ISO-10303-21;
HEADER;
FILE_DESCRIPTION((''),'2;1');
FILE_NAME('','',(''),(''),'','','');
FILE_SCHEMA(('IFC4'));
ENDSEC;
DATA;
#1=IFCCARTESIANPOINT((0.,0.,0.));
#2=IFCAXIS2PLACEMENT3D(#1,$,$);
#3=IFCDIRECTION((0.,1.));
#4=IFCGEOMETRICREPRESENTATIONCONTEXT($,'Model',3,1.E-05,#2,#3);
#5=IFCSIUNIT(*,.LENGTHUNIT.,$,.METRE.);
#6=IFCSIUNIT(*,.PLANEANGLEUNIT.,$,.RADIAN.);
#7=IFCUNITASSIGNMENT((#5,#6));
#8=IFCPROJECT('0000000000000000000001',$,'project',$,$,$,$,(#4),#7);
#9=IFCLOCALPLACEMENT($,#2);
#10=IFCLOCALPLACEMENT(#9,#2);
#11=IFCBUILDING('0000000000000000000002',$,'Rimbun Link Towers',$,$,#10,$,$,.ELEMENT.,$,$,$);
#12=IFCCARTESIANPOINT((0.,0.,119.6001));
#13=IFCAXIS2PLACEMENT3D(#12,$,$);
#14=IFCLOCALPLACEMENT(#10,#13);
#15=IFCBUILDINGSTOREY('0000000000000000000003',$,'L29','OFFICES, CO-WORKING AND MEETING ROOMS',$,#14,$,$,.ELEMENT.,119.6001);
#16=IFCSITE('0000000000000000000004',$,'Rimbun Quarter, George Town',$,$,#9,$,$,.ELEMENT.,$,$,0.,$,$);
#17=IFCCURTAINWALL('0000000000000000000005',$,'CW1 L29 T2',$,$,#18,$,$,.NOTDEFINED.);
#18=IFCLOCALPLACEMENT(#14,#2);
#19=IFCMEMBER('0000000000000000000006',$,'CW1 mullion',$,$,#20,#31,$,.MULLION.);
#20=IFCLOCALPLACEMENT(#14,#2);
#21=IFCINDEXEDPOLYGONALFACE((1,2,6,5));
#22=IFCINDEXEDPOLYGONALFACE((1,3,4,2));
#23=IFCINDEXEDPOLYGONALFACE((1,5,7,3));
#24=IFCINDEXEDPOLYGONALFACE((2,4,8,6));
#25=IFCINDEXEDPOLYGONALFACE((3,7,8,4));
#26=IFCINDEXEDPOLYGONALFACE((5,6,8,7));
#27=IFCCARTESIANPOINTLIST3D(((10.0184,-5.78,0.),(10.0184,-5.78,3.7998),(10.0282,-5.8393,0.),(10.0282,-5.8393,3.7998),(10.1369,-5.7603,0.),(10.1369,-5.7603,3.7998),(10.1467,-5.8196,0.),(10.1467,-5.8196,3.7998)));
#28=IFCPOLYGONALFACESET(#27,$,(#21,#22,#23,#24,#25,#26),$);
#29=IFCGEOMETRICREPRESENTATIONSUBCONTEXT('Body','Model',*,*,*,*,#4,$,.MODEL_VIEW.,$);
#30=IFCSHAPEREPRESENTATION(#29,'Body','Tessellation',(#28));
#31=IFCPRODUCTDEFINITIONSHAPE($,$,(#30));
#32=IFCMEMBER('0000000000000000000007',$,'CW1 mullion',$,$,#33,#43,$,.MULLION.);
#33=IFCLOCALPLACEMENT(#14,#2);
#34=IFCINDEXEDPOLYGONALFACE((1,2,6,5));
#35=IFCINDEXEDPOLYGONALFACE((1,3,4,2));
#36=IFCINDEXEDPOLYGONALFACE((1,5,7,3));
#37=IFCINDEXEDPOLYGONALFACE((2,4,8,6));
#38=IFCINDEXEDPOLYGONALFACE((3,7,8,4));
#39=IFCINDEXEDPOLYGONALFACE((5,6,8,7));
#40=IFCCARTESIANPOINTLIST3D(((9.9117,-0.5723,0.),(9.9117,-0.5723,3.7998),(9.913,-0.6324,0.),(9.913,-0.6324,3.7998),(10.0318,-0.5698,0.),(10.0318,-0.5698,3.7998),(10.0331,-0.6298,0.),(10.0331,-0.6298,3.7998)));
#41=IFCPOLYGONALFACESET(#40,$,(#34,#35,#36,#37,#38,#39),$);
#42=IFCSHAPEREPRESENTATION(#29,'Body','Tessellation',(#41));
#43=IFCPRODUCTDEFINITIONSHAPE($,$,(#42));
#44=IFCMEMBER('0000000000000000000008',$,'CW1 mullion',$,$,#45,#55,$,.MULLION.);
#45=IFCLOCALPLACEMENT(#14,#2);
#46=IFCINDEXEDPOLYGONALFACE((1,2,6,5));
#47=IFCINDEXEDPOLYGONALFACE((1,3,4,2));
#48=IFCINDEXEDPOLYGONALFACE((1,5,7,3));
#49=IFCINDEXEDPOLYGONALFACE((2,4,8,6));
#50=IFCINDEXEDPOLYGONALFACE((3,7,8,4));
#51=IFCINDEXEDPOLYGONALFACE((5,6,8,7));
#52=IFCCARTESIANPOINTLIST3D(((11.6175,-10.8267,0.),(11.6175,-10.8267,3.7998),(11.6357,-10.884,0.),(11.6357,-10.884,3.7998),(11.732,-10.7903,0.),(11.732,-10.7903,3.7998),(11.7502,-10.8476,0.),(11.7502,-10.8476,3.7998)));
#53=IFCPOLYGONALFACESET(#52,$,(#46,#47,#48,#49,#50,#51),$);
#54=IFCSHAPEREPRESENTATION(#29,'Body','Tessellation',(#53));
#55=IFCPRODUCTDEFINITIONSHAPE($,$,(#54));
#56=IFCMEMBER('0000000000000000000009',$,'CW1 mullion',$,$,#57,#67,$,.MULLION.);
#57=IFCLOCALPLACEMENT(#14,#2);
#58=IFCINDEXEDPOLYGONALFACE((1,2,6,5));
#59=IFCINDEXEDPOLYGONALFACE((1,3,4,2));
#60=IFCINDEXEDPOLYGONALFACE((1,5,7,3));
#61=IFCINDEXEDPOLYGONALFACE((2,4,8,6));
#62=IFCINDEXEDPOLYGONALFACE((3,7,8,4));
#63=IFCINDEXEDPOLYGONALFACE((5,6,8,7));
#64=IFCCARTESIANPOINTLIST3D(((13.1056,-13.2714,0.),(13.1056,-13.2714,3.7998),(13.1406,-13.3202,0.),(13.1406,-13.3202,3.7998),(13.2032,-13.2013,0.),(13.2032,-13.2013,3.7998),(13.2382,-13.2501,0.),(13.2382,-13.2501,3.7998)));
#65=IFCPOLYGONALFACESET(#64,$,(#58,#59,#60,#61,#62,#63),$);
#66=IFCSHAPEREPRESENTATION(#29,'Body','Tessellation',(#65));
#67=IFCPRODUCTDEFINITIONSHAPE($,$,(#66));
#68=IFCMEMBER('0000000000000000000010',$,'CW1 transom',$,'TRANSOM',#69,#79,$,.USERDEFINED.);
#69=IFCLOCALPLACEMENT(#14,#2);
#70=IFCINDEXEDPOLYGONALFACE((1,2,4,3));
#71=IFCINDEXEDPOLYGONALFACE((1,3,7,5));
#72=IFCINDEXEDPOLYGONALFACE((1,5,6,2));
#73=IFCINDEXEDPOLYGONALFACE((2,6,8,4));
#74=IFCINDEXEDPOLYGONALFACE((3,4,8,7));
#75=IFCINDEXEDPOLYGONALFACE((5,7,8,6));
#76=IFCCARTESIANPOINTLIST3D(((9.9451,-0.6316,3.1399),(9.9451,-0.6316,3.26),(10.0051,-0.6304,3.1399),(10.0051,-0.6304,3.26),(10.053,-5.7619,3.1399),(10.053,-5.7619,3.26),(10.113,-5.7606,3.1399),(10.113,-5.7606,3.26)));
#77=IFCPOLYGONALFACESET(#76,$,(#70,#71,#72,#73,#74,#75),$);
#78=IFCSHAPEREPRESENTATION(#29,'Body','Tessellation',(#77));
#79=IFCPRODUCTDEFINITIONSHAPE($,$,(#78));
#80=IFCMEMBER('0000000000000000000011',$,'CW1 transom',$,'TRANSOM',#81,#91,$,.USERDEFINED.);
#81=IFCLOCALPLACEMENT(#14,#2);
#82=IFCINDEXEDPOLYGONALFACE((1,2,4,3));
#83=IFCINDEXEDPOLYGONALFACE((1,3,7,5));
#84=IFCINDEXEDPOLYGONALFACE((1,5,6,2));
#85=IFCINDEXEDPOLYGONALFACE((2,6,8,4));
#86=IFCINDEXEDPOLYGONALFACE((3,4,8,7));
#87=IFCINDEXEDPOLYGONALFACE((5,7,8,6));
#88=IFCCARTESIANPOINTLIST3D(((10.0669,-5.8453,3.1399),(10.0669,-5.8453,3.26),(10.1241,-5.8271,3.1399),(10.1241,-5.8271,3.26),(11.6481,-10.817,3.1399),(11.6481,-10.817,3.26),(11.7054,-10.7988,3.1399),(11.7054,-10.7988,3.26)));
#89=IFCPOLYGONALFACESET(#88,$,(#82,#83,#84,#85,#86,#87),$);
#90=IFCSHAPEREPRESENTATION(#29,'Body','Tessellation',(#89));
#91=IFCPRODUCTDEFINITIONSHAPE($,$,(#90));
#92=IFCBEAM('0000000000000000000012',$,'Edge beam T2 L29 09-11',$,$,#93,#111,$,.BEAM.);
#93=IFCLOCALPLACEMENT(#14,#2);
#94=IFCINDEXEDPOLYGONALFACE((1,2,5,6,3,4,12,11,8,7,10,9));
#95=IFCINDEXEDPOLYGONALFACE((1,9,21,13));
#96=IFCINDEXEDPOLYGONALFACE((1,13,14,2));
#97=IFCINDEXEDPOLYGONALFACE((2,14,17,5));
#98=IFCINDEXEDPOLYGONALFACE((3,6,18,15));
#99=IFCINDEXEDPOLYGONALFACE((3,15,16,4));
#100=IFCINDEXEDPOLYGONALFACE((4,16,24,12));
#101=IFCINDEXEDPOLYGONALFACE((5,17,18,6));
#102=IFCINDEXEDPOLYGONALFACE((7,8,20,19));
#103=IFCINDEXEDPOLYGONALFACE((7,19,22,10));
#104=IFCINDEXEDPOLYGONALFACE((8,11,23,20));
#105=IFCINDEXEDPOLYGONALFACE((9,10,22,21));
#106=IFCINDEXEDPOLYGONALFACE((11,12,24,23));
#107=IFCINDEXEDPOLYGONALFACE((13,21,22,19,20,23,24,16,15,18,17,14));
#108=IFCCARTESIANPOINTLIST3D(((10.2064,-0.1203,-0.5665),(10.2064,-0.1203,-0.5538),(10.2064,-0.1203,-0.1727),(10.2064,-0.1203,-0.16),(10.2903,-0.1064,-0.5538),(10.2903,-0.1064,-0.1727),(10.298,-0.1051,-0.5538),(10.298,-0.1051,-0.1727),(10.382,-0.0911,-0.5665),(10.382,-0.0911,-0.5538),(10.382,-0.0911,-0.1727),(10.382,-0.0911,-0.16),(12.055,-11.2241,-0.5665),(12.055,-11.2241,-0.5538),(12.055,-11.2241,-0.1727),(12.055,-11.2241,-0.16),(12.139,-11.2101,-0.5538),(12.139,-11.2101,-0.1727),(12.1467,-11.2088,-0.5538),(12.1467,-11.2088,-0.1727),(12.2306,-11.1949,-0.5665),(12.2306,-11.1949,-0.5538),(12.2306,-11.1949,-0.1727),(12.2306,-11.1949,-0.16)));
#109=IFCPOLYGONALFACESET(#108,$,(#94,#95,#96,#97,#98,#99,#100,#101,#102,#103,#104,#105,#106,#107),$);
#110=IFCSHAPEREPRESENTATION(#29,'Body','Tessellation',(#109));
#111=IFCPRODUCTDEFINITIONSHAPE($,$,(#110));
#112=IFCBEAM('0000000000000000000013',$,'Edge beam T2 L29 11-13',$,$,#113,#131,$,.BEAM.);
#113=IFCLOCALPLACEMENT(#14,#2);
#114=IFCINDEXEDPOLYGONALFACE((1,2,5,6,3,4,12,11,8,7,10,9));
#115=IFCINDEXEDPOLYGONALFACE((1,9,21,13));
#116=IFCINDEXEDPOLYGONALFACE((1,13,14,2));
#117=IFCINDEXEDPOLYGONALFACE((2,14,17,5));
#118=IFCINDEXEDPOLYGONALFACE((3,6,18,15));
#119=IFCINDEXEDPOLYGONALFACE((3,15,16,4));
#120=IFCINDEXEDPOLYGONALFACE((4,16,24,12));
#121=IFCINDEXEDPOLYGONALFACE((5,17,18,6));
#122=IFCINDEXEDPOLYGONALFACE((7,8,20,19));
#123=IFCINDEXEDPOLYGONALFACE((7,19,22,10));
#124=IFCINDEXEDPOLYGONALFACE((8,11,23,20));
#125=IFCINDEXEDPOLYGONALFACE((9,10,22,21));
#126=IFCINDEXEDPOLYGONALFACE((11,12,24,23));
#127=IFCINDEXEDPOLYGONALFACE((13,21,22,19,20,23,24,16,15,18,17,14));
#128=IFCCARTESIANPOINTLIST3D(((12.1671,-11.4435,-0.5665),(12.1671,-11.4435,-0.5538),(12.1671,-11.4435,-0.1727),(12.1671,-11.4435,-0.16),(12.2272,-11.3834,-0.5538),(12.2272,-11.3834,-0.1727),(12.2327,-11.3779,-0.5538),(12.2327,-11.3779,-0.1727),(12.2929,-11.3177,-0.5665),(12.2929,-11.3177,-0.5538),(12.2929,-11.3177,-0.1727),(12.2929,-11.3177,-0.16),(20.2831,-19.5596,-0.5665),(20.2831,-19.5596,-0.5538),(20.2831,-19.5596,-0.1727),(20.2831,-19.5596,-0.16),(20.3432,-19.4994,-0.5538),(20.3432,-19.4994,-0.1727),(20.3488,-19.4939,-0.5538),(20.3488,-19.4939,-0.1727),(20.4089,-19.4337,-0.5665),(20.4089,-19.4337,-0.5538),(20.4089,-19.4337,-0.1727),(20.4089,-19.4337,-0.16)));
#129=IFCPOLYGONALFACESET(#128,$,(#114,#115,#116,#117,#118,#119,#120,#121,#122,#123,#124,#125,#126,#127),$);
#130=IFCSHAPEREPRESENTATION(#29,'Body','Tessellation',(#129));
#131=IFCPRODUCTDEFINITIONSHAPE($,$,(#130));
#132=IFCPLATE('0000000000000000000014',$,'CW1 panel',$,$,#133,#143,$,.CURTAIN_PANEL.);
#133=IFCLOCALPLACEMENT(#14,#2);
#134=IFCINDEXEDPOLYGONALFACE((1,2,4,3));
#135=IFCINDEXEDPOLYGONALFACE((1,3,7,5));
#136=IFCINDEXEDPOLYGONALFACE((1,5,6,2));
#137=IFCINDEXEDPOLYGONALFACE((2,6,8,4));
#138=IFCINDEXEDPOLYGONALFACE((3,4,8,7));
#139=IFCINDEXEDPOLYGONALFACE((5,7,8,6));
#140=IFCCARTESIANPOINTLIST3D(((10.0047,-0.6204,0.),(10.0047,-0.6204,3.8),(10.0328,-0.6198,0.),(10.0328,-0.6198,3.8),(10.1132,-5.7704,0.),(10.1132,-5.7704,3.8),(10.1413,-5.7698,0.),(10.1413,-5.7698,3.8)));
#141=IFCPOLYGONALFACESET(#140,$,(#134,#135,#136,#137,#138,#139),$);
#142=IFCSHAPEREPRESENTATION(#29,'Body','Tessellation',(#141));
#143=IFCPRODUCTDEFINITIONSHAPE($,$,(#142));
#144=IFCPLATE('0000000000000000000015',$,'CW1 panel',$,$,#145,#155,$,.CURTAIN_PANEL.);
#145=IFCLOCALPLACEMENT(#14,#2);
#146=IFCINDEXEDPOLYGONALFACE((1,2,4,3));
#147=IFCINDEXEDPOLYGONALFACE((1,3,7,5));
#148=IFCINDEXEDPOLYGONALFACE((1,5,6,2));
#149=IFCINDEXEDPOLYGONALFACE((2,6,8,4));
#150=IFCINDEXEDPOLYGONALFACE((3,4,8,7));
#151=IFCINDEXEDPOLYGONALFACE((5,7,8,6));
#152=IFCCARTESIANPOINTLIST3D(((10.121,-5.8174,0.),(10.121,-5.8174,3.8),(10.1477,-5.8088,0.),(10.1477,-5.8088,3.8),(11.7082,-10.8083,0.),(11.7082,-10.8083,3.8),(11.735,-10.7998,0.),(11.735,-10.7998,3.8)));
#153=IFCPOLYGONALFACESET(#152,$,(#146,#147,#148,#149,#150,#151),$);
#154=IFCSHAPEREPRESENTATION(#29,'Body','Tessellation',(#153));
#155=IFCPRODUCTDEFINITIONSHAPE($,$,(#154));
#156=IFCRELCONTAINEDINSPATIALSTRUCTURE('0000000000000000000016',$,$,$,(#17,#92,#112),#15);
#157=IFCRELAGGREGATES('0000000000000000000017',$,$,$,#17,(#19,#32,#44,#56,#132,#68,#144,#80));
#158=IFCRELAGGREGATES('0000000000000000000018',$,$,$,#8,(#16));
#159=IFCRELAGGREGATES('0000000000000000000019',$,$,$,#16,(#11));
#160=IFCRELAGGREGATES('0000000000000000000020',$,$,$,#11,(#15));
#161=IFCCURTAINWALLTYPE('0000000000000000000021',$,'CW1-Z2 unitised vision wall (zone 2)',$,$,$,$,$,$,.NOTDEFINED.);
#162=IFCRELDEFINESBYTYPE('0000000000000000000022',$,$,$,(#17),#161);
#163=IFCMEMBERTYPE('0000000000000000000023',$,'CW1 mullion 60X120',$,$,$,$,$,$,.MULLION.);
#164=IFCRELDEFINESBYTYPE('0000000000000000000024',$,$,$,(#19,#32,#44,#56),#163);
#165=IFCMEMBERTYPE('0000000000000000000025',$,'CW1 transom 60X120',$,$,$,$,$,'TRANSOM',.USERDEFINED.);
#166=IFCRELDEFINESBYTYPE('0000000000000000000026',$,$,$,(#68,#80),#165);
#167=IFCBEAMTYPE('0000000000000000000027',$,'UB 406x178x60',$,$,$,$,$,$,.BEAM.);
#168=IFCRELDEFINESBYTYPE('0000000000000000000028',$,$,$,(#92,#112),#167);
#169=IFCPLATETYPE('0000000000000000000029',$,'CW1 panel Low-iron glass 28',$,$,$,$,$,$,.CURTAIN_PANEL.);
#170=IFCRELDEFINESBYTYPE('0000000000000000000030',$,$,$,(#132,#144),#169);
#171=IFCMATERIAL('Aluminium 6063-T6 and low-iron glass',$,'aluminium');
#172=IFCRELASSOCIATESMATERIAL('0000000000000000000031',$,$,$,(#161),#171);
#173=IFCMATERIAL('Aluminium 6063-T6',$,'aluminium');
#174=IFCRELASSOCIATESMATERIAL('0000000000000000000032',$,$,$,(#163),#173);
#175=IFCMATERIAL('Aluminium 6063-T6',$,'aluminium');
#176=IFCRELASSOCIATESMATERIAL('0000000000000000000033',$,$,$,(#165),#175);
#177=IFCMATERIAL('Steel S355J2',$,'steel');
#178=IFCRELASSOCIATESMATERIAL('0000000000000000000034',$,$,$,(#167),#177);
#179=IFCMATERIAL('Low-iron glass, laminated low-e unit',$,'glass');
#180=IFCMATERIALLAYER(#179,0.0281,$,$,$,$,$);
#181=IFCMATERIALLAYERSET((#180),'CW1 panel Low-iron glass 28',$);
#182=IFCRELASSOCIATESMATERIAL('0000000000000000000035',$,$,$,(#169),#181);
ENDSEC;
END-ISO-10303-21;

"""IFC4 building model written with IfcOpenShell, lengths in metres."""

from ifc_helpers import new_model, si_unit, direction, frame, origin, origin_2d, place, context, subcontext, project, spatial, rectangle, i_section, extrude, material, layer, layer_set, material_profile, profile_set, type_object, element, aggregate, save


model = new_model("IFC4")

# Units and contexts
model_context = context("Model", 3, precision=1e-05, world=origin(), true_north=direction((0.0, 1.0)))
body_context = subcontext(model_context, "Body", "Model", "MODEL_VIEW")
ifc_project = project(units=[si_unit("LENGTHUNIT", "METRE"), si_unit("PLANEANGLEUNIT", "RADIAN")], contexts=[model_context])

# Site, building, storey
site_placement = place(None, origin())
site = spatial("IfcSite", under=ifc_project, at=site_placement, Name="Rimbun Quarter, George Town", CompositionType="ELEMENT", RefElevation=0.0)
building_placement = place(site_placement, origin())
building = spatial("IfcBuilding", under=site, at=building_placement, Name="Rimbun Link Towers", CompositionType="ELEMENT")
storey_placement = place(building_placement, frame((0.0, 0.0, 119.6001)))
storey = spatial("IfcBuildingStorey", under=building, at=storey_placement, Name="L29", Description="OFFICES, CO-WORKING AND MEETING ROOMS", CompositionType="ELEMENT", Elevation=119.6001)

# Curtain wall, members
ifc_material_1 = material(Name="Aluminium 6063-T6 and low-iron glass", Category="aluminium")
curtain_wall_type = type_object("IfcCurtainWallType", Name="CW1-Z2 unitised vision wall (zone 2)", PredefinedType="NOTDEFINED", material=ifc_material_1)
curtain_wall_placement = place(storey_placement, origin())
curtain_wall = element("IfcCurtainWall", 1, at=curtain_wall_placement, inside=storey, type_object=curtain_wall_type, Name="CW1 L29 T2", PredefinedType="NOTDEFINED")
ifc_material_2 = material(Name="Aluminium 6063-T6", Category="aluminium")
ifc_material_profile_1 = material_profile(ifc_material_2, rectangle(XDim=0.1201, YDim=0.0601, at=origin_2d()), Name="MULLION 60X120")
ifc_profile_set_1 = profile_set([ifc_material_profile_1], Name="Aluminium 6063-T6")
member_type_1 = type_object("IfcMemberType", Name="CW1 mullion 60X120", PredefinedType="MULLION", material=ifc_profile_set_1)
member_1_placement = place(storey_placement, frame((10.0825, -5.7998, 0.0), z_axis=(0.0, 0.0, 1.0), x_axis=(-0.986502, -0.163751, 0.0)))
member_1 = element("IfcMember", 2, at=member_1_placement, type_object=member_type_1, Name="CW1 mullion", PredefinedType="MULLION", context=body_context, shape_type="SweptSolid", body=[
    extrude(rectangle(XDim=0.1201, YDim=0.0601, at=origin_2d()), origin(), (0.0, 0.0, 1.0), 3.7998),
])
member_2_placement = place(storey_placement, frame((9.9724, -0.6011, 0.0), z_axis=(0.0, 0.0, 1.0), x_axis=(-0.999778, -0.021066, 0.0)))
member_2 = element("IfcMember", 3, at=member_2_placement, type_object=member_type_1, Name="CW1 mullion", PredefinedType="MULLION", context=body_context, shape_type="SweptSolid", body=[
    extrude(rectangle(XDim=0.1201, YDim=0.0601, at=origin_2d()), origin(), (0.0, 0.0, 1.0), 3.7998),
])
member_3_placement = place(storey_placement, frame((11.6838, -10.8372, 0.0), z_axis=(0.0, 0.0, 1.0), x_axis=(-0.952967, -0.303073, 0.0)))
member_3 = element("IfcMember", 4, at=member_3_placement, type_object=member_type_1, Name="CW1 mullion", PredefinedType="MULLION", context=body_context, shape_type="SweptSolid", body=[
    extrude(rectangle(XDim=0.1201, YDim=0.0601, at=origin_2d()), origin(), (0.0, 0.0, 1.0), 3.7998),
])
member_4_placement = place(storey_placement, frame((13.1719, -13.2607, 0.0), z_axis=(0.0, 0.0, 1.0), x_axis=(-0.812469, -0.583004, 0.0)))
member_4 = element("IfcMember", 5, at=member_4_placement, type_object=member_type_1, Name="CW1 mullion", PredefinedType="MULLION", context=body_context, shape_type="SweptSolid", body=[
    extrude(rectangle(XDim=0.1201, YDim=0.0601, at=origin_2d()), origin(), (0.0, 0.0, 1.0), 3.7998),
])
ifc_material_3 = material(Name="Aluminium 6063-T6", Category="aluminium")
ifc_material_profile_2 = material_profile(ifc_material_3, rectangle(XDim=0.0601, YDim=0.1201, at=origin_2d()), Name="TRANSOM 60X120")
ifc_profile_set_2 = profile_set([ifc_material_profile_2], Name="Aluminium 6063-T6")
member_type_2 = type_object("IfcMemberType", Name="CW1 transom 60X120", ElementType="TRANSOM", PredefinedType="USERDEFINED", material=ifc_profile_set_2)
member_5_placement = place(storey_placement, frame((10.083, -5.7612, 3.2), z_axis=(-0.02103, 0.999779, 0.0), x_axis=(-0.999779, -0.02103, 0.0)))
member_5 = element("IfcMember", 6, at=member_5_placement, type_object=member_type_2, Name="CW1 transom", ObjectType="TRANSOM", PredefinedType="USERDEFINED", context=body_context, shape_type="SweptSolid", body=[
    extrude(rectangle(XDim=0.0601, YDim=0.1201, at=origin_2d()), origin(), (0.0, 0.0, 1.0), 5.1313),
])
member_6_placement = place(storey_placement, frame((11.6768, -10.8079, 3.2), z_axis=(-0.303099, 0.952959, 0.0), x_axis=(-0.952959, -0.303099, 0.0)))
member_6 = element("IfcMember", 7, at=member_6_placement, type_object=member_type_2, Name="CW1 transom", ObjectType="TRANSOM", PredefinedType="USERDEFINED", context=body_context, shape_type="SweptSolid", body=[
    extrude(rectangle(XDim=0.0601, YDim=0.1201, at=origin_2d()), origin(), (0.0, 0.0, 1.0), 5.217),
])

# Beams
ifc_material_4 = material(Name="Steel S355J2", Category="steel")
ifc_material_profile_3 = material_profile(ifc_material_4, i_section(OverallWidth=0.178, OverallDepth=0.4065, WebThickness=0.0078, FlangeThickness=0.0127, at=origin_2d()), Name="UB 406x178x60")
ifc_profile_set_3 = profile_set([ifc_material_profile_3], Name="Steel S355J2")
beam_type = type_object("IfcBeamType", Name="UB 406x178x60", PredefinedType="BEAM", material=ifc_profile_set_3)
beam_1_placement = place(storey_placement, frame((10.2942, -0.1057, -0.3633), z_axis=(0.164227, -0.986423, 0.0), x_axis=(0.986423, 0.164227, 0.0)))
element("IfcBeam", 8, at=beam_1_placement, inside=storey, type_object=beam_type, Name="Edge beam T2 L29 09-11", PredefinedType="BEAM", context=body_context, shape_type="SweptSolid", body=[
    extrude(i_section(OverallWidth=0.178, OverallDepth=0.4065, WebThickness=0.0078, FlangeThickness=0.0127, at=origin_2d()), origin(), (0.0, 0.0, 1.0), 11.2566),
])
beam_2_placement = place(storey_placement, frame((12.23, -11.3806, -0.3633), z_axis=(0.707107, -0.707107, 0.0), x_axis=(0.707107, 0.707107, 0.0)))
element("IfcBeam", 9, at=beam_2_placement, inside=storey, type_object=beam_type, Name="Edge beam T2 L29 11-13", PredefinedType="BEAM", context=body_context, shape_type="SweptSolid", body=[
    extrude(i_section(OverallWidth=0.178, OverallDepth=0.4065, WebThickness=0.0078, FlangeThickness=0.0127, at=origin_2d()), origin(), (0.0, 0.0, 1.0), 11.4778),
])

# Plates
ifc_material_5 = material(Name="Low-iron glass, laminated low-e unit", Category="glass")
ifc_layer_1 = layer(ifc_material_5, 0.0281)
ifc_layer_set_1 = layer_set([ifc_layer_1], Name="CW1 panel Low-iron glass 28")
plate_type = type_object("IfcPlateType", Name="CW1 panel Low-iron glass 28", PredefinedType="CURTAIN_PANEL", material=ifc_layer_set_1)
plate_1_placement = place(storey_placement, frame((10.073, -3.1951, 0.0), z_axis=(0.0, 0.0, 1.0), x_axis=(-0.021066, 0.999778, 0.0)))
plate_1 = element("IfcPlate", 10, at=plate_1_placement, type_object=plate_type, Name="CW1 panel", PredefinedType="CURTAIN_PANEL", context=body_context, shape_type="SweptSolid", body=[
    extrude(rectangle(XDim=5.1511, YDim=0.0281, at=origin_2d()), origin(), (0.0, 0.0, 1.0), 3.8),
])
plate_2_placement = place(storey_placement, frame((10.928, -8.3086, 0.0), z_axis=(0.0, 0.0, 1.0), x_axis=(-0.303073, 0.952967, 0.0)))
plate_2 = element("IfcPlate", 11, at=plate_2_placement, type_object=plate_type, Name="CW1 panel", PredefinedType="CURTAIN_PANEL", context=body_context, shape_type="SweptSolid", body=[
    extrude(rectangle(XDim=5.2373, YDim=0.0281, at=origin_2d()), origin(), (0.0, 0.0, 1.0), 3.8),
])
aggregate(curtain_wall, [member_1, member_2, member_3, member_4, plate_1, member_5, plate_2, member_6])

save(model, "model.ifc")
